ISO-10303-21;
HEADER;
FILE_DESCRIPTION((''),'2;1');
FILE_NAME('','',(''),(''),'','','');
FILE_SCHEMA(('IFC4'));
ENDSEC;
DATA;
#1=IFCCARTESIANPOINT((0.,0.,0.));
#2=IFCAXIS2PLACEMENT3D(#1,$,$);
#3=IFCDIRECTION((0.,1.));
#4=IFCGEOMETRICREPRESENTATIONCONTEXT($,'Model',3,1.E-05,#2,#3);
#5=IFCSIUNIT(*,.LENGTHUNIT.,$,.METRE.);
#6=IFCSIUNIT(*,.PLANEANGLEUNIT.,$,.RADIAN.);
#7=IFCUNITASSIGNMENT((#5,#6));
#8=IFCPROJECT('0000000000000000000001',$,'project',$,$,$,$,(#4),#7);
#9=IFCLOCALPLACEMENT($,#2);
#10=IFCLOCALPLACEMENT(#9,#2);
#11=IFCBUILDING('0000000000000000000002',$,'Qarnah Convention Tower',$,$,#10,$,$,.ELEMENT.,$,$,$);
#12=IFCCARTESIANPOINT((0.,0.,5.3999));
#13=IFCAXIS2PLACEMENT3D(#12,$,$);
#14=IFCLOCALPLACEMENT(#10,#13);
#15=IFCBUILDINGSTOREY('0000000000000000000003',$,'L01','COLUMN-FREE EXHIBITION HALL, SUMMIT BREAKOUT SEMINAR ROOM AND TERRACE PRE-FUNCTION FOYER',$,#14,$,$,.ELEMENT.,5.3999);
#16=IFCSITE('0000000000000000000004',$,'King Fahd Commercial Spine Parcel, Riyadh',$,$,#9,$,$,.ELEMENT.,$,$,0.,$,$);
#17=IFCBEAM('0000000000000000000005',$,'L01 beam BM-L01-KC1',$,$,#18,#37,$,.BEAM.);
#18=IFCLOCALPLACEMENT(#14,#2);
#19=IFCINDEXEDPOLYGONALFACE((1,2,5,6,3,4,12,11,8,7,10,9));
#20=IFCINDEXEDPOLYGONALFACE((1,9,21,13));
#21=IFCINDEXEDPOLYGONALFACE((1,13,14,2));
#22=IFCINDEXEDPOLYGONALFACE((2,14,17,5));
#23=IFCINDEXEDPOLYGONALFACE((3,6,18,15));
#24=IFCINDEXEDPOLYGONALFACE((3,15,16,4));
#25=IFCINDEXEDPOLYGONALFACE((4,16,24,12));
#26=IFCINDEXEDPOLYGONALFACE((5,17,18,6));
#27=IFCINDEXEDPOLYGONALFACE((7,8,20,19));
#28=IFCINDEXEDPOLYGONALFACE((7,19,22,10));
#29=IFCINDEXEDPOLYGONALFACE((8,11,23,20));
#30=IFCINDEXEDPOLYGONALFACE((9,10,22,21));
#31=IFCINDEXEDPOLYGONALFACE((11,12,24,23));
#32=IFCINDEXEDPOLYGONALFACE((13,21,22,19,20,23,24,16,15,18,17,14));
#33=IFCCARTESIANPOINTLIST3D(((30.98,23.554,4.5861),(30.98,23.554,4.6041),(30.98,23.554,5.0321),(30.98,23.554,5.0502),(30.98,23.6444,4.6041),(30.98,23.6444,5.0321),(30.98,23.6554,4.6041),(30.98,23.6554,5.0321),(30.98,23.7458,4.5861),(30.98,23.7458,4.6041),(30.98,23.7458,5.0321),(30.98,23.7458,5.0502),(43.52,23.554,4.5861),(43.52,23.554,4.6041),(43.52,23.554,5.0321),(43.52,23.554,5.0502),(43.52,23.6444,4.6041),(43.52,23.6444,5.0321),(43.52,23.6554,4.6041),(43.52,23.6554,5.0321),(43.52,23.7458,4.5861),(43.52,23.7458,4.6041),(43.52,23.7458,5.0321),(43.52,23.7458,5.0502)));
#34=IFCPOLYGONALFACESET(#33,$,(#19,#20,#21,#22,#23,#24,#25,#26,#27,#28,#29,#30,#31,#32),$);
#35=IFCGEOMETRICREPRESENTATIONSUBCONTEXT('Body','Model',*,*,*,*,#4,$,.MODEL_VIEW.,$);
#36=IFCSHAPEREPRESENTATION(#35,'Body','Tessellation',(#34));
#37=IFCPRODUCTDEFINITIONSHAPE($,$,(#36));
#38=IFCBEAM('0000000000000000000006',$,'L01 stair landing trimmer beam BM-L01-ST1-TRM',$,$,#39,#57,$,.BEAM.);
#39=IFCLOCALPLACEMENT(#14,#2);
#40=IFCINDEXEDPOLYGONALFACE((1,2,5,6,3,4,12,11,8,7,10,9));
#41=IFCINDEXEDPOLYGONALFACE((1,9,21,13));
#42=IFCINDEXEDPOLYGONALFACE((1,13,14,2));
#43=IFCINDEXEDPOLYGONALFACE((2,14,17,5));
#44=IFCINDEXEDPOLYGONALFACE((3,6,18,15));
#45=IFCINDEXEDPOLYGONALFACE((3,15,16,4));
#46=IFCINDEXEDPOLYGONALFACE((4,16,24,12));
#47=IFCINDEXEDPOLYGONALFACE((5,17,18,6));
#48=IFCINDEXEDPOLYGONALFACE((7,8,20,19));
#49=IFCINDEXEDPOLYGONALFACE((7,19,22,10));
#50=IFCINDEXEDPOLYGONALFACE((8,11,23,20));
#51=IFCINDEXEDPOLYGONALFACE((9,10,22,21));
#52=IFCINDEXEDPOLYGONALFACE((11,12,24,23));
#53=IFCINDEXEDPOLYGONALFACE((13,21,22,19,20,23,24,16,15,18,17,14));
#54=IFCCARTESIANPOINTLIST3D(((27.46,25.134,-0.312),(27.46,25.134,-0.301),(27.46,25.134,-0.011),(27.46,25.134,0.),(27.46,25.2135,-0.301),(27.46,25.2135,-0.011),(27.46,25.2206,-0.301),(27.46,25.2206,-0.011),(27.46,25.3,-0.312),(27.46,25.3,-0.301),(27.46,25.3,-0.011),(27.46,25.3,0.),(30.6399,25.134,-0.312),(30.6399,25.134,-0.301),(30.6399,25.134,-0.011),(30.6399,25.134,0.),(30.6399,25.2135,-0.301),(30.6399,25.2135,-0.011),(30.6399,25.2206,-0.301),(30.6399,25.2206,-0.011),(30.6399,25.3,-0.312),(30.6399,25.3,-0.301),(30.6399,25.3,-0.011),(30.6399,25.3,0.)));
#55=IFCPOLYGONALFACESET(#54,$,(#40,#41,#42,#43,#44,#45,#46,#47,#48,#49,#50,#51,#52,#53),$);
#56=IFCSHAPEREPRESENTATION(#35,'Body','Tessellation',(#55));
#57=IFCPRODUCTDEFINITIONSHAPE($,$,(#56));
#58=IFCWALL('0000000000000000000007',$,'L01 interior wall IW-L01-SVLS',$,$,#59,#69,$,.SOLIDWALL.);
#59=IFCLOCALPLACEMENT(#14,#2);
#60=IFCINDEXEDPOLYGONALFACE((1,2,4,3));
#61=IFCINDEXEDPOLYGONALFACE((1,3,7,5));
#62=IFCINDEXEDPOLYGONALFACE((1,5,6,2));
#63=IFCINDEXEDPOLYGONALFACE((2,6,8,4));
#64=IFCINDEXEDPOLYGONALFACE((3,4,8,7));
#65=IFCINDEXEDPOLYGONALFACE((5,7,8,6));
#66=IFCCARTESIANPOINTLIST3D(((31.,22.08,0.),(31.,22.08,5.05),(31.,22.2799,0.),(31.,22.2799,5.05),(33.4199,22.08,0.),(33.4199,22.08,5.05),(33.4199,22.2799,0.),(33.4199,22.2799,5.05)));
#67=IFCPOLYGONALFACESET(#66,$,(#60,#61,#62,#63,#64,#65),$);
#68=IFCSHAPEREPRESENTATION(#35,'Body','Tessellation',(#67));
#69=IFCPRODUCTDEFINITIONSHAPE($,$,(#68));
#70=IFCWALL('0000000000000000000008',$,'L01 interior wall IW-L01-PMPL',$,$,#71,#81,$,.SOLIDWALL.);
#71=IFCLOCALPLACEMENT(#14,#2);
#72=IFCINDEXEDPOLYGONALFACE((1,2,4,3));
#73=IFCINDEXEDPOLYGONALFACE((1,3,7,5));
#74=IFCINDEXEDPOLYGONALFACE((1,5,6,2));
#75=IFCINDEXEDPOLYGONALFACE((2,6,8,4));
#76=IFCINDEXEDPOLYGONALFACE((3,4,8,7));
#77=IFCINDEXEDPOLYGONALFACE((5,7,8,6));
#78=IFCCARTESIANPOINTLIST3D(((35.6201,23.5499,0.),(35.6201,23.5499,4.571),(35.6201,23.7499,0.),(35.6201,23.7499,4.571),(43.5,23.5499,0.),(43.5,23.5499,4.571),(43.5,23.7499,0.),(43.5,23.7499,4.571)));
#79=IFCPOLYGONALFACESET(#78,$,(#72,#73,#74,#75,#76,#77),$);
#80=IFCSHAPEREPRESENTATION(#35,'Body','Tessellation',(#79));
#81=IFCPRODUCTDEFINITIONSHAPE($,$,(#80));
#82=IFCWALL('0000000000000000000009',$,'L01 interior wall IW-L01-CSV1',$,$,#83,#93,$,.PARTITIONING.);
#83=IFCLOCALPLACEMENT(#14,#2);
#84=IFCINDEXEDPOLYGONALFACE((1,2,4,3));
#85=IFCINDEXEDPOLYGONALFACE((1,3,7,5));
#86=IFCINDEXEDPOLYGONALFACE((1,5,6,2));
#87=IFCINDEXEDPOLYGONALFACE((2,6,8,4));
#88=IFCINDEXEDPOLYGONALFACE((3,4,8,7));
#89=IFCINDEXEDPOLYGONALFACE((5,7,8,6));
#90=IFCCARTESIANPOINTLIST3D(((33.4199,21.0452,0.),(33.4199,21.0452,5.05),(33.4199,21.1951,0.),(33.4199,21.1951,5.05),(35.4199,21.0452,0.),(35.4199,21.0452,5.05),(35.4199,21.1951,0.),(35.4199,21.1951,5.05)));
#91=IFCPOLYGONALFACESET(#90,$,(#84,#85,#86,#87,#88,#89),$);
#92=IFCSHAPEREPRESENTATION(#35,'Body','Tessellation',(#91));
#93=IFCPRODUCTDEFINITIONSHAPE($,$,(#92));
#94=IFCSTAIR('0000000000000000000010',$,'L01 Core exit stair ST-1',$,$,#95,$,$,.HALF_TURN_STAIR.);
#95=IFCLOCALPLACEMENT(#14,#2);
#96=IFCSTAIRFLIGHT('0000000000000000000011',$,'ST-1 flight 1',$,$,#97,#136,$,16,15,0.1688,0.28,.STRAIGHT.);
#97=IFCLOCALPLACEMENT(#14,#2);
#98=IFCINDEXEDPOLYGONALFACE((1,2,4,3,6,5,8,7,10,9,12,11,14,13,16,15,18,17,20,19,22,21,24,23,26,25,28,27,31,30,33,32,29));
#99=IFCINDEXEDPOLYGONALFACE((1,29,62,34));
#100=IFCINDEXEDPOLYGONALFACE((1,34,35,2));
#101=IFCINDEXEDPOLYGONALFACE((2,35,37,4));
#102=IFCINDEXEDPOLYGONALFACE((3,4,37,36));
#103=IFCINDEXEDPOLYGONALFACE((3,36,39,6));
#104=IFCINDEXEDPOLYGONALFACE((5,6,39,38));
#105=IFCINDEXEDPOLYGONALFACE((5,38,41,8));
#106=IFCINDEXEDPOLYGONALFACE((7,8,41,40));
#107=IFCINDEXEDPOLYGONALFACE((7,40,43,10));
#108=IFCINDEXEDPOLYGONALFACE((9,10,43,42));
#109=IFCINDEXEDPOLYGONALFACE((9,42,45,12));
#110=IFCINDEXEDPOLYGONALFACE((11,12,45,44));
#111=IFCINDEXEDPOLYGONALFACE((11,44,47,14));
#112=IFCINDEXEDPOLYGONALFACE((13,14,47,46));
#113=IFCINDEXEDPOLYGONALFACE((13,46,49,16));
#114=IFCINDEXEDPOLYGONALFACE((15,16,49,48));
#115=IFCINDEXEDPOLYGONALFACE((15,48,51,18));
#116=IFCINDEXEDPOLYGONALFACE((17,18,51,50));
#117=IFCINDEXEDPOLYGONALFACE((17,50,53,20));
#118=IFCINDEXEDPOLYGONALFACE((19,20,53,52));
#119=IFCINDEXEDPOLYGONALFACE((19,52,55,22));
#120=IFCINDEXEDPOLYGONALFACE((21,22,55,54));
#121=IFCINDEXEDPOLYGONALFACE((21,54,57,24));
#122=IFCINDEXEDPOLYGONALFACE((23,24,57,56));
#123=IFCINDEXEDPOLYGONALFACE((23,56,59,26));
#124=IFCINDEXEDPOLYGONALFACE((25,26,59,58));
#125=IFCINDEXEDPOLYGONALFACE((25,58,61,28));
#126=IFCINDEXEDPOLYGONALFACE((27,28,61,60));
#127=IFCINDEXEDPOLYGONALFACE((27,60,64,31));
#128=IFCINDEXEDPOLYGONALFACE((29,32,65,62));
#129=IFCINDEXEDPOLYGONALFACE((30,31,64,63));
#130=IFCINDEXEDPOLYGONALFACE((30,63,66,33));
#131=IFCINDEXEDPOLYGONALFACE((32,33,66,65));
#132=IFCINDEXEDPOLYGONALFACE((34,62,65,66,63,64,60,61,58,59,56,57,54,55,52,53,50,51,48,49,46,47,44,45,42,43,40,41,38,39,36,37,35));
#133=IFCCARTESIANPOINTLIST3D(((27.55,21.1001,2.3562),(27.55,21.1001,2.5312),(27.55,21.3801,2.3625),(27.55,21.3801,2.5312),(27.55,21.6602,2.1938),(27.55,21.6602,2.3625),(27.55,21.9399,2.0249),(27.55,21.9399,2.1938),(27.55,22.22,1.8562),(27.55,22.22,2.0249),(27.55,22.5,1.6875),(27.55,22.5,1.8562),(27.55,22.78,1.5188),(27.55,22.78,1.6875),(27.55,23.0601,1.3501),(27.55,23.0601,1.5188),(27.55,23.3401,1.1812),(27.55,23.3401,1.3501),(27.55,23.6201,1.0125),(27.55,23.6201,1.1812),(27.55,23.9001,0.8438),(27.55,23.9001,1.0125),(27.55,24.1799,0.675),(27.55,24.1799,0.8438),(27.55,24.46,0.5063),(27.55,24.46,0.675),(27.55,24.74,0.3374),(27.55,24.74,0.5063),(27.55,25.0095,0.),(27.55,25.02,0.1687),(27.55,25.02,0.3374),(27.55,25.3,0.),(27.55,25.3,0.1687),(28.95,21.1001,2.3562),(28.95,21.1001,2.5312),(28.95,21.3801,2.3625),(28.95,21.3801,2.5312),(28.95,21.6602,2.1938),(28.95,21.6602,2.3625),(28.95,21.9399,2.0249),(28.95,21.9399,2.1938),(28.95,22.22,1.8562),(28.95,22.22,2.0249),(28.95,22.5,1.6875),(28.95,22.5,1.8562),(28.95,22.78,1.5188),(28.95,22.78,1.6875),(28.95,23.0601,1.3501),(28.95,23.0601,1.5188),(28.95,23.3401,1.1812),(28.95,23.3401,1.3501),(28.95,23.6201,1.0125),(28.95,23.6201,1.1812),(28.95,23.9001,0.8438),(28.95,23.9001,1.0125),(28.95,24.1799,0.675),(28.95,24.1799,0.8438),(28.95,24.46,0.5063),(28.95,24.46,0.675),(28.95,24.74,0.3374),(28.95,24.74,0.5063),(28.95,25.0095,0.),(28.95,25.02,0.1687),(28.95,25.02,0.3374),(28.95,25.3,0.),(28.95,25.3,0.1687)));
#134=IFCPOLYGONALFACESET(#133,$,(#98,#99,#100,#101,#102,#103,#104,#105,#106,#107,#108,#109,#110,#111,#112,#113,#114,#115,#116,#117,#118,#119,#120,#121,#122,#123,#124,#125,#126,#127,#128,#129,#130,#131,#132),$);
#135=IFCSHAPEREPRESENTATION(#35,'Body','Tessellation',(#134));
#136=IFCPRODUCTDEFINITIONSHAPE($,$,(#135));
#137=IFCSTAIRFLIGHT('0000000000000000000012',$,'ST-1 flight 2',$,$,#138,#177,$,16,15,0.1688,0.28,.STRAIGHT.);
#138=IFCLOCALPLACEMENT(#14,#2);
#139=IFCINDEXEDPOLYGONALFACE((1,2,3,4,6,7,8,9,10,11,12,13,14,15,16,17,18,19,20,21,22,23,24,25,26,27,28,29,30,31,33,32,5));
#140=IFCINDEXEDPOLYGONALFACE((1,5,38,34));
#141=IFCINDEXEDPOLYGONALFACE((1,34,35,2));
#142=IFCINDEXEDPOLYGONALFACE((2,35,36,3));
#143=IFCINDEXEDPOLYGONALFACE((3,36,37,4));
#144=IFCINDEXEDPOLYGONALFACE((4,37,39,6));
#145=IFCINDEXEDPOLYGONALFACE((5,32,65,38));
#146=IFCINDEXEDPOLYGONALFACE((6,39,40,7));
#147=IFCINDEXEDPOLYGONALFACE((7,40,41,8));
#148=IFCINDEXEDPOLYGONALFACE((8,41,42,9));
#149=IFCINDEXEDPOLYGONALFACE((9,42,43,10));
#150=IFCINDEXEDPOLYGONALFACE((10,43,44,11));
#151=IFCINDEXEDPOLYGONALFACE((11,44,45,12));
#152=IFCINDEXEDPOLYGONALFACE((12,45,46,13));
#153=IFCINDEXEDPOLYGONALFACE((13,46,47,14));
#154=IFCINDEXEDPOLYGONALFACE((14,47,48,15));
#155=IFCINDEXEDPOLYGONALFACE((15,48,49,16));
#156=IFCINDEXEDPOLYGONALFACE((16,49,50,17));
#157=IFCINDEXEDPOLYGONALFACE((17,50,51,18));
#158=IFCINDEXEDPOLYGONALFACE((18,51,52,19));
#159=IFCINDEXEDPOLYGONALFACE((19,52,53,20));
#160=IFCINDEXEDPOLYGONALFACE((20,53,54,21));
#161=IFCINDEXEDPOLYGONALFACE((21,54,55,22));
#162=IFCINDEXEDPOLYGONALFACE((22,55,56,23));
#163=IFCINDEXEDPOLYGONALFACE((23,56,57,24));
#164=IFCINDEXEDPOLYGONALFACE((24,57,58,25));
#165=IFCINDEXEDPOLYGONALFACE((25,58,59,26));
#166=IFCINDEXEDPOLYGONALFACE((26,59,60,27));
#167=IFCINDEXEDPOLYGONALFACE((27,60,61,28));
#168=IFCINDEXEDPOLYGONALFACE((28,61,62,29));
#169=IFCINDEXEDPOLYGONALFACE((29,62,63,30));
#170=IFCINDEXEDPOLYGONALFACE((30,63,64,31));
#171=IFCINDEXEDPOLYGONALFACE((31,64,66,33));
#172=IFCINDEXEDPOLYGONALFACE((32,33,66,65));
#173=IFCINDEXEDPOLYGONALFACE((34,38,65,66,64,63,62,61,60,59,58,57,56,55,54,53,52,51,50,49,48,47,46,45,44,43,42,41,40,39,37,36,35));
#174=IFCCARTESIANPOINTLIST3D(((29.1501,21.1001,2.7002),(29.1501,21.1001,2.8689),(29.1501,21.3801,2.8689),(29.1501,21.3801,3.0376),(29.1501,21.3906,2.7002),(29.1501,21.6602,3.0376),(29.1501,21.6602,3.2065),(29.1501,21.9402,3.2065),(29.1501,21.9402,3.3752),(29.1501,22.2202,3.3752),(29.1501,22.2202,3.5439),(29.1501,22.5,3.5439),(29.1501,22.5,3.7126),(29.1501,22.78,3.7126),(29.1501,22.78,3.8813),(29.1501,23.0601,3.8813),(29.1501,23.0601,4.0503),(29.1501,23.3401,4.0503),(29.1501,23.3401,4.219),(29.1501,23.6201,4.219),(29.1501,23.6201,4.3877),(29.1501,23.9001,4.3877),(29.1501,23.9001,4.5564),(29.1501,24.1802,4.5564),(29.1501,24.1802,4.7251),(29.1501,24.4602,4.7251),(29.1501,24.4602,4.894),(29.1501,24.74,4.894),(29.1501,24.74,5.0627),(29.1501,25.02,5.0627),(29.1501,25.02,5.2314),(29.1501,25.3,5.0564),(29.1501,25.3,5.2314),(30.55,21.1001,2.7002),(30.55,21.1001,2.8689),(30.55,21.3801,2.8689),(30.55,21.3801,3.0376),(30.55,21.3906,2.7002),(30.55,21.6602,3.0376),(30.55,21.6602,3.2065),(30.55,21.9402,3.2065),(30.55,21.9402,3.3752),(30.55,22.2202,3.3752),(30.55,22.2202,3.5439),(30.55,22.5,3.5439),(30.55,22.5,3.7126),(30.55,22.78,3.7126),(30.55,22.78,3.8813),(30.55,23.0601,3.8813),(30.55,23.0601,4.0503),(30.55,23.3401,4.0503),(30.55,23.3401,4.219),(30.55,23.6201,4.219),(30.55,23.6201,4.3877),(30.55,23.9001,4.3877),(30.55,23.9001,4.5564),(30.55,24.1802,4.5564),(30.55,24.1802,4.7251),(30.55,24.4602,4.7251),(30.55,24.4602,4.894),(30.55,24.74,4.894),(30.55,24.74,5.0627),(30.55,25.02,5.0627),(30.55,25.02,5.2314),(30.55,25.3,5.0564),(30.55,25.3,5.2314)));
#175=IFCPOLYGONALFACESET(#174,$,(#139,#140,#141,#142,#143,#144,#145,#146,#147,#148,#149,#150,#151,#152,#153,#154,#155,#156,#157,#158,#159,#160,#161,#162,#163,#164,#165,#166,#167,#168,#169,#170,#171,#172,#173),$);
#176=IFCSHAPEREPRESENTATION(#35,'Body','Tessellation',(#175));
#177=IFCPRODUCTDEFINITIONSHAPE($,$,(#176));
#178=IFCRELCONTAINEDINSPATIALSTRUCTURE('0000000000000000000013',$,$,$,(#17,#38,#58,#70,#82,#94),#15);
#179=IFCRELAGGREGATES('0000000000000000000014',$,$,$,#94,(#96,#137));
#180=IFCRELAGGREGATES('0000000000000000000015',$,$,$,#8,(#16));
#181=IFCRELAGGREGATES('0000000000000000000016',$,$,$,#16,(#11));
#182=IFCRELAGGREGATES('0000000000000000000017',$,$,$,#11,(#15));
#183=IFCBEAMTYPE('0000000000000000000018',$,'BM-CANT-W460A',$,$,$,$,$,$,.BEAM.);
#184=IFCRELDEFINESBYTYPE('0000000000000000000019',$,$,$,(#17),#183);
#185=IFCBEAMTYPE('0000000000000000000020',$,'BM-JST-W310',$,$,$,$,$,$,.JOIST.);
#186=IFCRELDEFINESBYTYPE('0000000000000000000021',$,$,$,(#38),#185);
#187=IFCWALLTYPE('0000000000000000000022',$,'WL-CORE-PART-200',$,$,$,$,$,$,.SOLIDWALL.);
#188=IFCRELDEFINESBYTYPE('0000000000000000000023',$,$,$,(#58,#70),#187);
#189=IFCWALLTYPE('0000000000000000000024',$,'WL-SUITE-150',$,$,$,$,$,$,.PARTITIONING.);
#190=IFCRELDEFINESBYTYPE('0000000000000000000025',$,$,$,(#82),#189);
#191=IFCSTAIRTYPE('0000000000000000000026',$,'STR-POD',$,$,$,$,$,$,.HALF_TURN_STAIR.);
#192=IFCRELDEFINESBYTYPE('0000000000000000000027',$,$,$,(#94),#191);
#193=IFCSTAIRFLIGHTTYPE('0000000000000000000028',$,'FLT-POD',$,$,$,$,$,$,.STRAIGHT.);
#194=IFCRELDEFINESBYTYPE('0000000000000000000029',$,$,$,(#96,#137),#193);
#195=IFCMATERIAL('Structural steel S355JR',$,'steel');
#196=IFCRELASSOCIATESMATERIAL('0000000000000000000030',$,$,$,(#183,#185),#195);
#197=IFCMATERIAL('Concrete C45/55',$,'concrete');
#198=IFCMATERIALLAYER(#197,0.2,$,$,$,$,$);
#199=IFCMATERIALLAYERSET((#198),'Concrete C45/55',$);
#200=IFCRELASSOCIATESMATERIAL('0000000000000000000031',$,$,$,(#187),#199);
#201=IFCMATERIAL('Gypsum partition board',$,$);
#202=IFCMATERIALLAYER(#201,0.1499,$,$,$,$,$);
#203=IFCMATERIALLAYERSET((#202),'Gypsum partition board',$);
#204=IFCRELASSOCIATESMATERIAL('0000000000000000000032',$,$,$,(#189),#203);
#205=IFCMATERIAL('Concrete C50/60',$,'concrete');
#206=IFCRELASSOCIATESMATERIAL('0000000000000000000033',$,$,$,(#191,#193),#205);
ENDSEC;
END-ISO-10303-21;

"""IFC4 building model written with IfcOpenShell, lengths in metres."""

from ifc_helpers import new_model, si_unit, direction, frame, frame_2d, origin, origin_2d, place, context, subcontext, project, spatial, polyline, rectangle, i_section, outline, extrude, material, layer, layer_set, material_profile, profile_set, type_object, element, aggregate, save


model = new_model("IFC4")

# Units and contexts
model_context = context("Model", 3, precision=1e-05, world=origin(), true_north=direction((0.0, 1.0)))
body_context = subcontext(model_context, "Body", "Model", "MODEL_VIEW")
ifc_project = project(units=[si_unit("LENGTHUNIT", "METRE"), si_unit("PLANEANGLEUNIT", "RADIAN")], contexts=[model_context])

# Site, building, storey
site_placement = place(None, origin())
site = spatial("IfcSite", under=ifc_project, at=site_placement, Name="King Fahd Commercial Spine Parcel, Riyadh", CompositionType="ELEMENT", RefElevation=0.0)
building_placement = place(site_placement, origin())
building = spatial("IfcBuilding", under=site, at=building_placement, Name="Qarnah Convention Tower", CompositionType="ELEMENT")
storey_placement = place(building_placement, frame((0.0, 0.0, 5.3999)))
storey = spatial("IfcBuildingStorey", under=building, at=storey_placement, Name="L01", Description="COLUMN-FREE EXHIBITION HALL, SUMMIT BREAKOUT SEMINAR ROOM AND TERRACE PRE-FUNCTION FOYER", CompositionType="ELEMENT", Elevation=5.3999)

# Beams
ifc_material_1 = material(Name="Structural steel S355JR", Category="steel")
ifc_material_profile_1 = material_profile(ifc_material_1, i_section(OverallWidth=0.1919, OverallDepth=0.4641, WebThickness=0.011, FlangeThickness=0.0181, at=origin_2d()), Name="W460X89")
ifc_profile_set_1 = profile_set([ifc_material_profile_1], Name="Structural steel S355JR")
beam_type_1 = type_object("IfcBeamType", Name="BM-CANT-W460A", PredefinedType="BEAM", material=ifc_profile_set_1)
beam_1_placement = place(storey_placement, frame((30.98, 23.6499, 4.8181), z_axis=(1.0, 0.0, 0.0), x_axis=(0.0, 1.0, 0.0)))
element("IfcBeam", 1, at=beam_1_placement, inside=storey, type_object=beam_type_1, Name="L01 beam BM-L01-KC1", PredefinedType="BEAM", context=body_context, shape_type="SweptSolid", body=[
    extrude(i_section(OverallWidth=0.1919, OverallDepth=0.4641, WebThickness=0.011, FlangeThickness=0.0181, at=origin_2d()), origin(), (0.0, 0.0, 1.0), 12.54),
])
ifc_material_profile_2 = material_profile(ifc_material_1, i_section(OverallWidth=0.166, OverallDepth=0.312, WebThickness=0.0071, FlangeThickness=0.011, at=origin_2d()), Name="W310X45")
ifc_profile_set_2 = profile_set([ifc_material_profile_2], Name="Structural steel S355JR")
beam_type_2 = type_object("IfcBeamType", Name="BM-JST-W310", PredefinedType="JOIST", material=ifc_profile_set_2)
beam_2_placement = place(storey_placement, frame((27.46, 25.217, -0.156), z_axis=(1.0, 0.0, 0.0), x_axis=(0.0, 1.0, 0.0)))
element("IfcBeam", 2, at=beam_2_placement, inside=storey, type_object=beam_type_2, Name="L01 stair landing trimmer beam BM-L01-ST1-TRM", PredefinedType="BEAM", context=body_context, shape_type="SweptSolid", body=[
    extrude(i_section(OverallWidth=0.166, OverallDepth=0.312, WebThickness=0.0071, FlangeThickness=0.011, at=origin_2d()), origin(), (0.0, 0.0, 1.0), 3.1799),
])

# Shared definitions
ifc_material_2 = material(Name="Concrete C45/55", Category="concrete")
ifc_layer_1 = layer(ifc_material_2, 0.2)
ifc_layer_set_1 = layer_set([ifc_layer_1], Name="Concrete C45/55")
wall_type_1 = type_object("IfcWallType", Name="WL-CORE-PART-200", PredefinedType="SOLIDWALL", material=ifc_layer_set_1)

# Walls
wall_1_placement = place(storey_placement, frame((31.0, 22.1799, 0.0), z_axis=(0.0, 0.0, 1.0), x_axis=(1.0, 0.0, 0.0)))
element("IfcWall", 3, at=wall_1_placement, inside=storey, type_object=wall_type_1, Name="L01 interior wall IW-L01-SVLS", PredefinedType="SOLIDWALL", context=body_context, shape_type="SweptSolid", body=[
    extrude(rectangle(XDim=2.4199, YDim=0.2, at=frame_2d((1.21, 0.0))), origin(), (0.0, 0.0, 1.0), 5.05),
])
wall_2_placement = place(storey_placement, frame((35.6201, 23.6499, 0.0), z_axis=(0.0, 0.0, 1.0), x_axis=(1.0, 0.0, 0.0)))
element("IfcWall", 4, at=wall_2_placement, inside=storey, type_object=wall_type_1, Name="L01 interior wall IW-L01-PMPL", PredefinedType="SOLIDWALL", context=body_context, shape_type="SweptSolid", body=[
    extrude(rectangle(XDim=7.8799, YDim=0.2, at=frame_2d((3.9399, 0.0))), origin(), (0.0, 0.0, 1.0), 4.571),
])

# Wall
ifc_material_3 = material(Name="Gypsum partition board")
ifc_layer_2 = layer(ifc_material_3, 0.1499)
ifc_layer_set_2 = layer_set([ifc_layer_2], Name="Gypsum partition board")
wall_type_2 = type_object("IfcWallType", Name="WL-SUITE-150", PredefinedType="PARTITIONING", material=ifc_layer_set_2)
wall_3_placement = place(storey_placement, frame((33.4199, 21.1201, 0.0), z_axis=(0.0, 0.0, 1.0), x_axis=(1.0, 0.0, 0.0)))
element("IfcWall", 5, at=wall_3_placement, inside=storey, type_object=wall_type_2, Name="L01 interior wall IW-L01-CSV1", PredefinedType="PARTITIONING", context=body_context, shape_type="SweptSolid", body=[
    extrude(rectangle(XDim=2.0, YDim=0.1499, at=frame_2d((1.0, 0.0))), origin(), (0.0, 0.0, 1.0), 5.05),
])

# Stair, stair flights
ifc_material_4 = material(Name="Concrete C50/60", Category="concrete")
stair_type = type_object("IfcStairType", Name="STR-POD", PredefinedType="HALF_TURN_STAIR", material=ifc_material_4)
stair_placement = place(storey_placement, origin())
stair = element("IfcStair", 6, at=stair_placement, inside=storey, type_object=stair_type, Name="L01 Core exit stair ST-1", PredefinedType="HALF_TURN_STAIR")
stair_flight_type = type_object("IfcStairFlightType", Name="FLT-POD", PredefinedType="STRAIGHT", material=ifc_material_4)
stair_flight_1_placement = place(storey_placement, frame((28.25, 25.3, 0.0), z_axis=(0.0, 0.0, 1.0), x_axis=(0.0, -1.0, 0.0)))
stair_flight_1 = element("IfcStairFlight", 7, at=stair_flight_1_placement, type_object=stair_flight_type, Name="ST-1 flight 1", NumberOfRisers=16, NumberOfTreads=15, PredefinedType="STRAIGHT", RiserHeight=0.1688, TreadLength=0.28, context=body_context, shape_type="SweptSolid", body=[
    extrude(outline(polyline([(0.0, 0.0), (0.0, 0.1687), (0.28, 0.1687), (0.28, 0.3374), (0.5601, 0.3374), (0.5601, 0.5063), (0.8401, 0.5063), (0.8401, 0.675), (1.1201, 0.675), (1.1201, 0.8438), (1.3999, 0.8438), (1.3999, 1.0125), (1.6799, 1.0125), (1.6799, 1.1812), (1.96, 1.1812), (1.96, 1.3501), (2.24, 1.3501), (2.24, 1.5188), (2.52, 1.5188), (2.52, 1.6875), (2.8, 1.6875), (2.8, 1.8562), (3.0801, 1.8562), (3.0801, 2.0249), (3.3601, 2.0249), (3.3601, 2.1938), (3.6399, 2.1938), (3.6399, 2.3625), (3.9199, 2.3625), (3.9199, 2.5312), (4.2, 2.5312), (4.2, 2.7), (4.2, 2.3562), (0.2905, 0.0), (0.0, 0.0)])), frame((0.0, 0.7, 0.0), z_axis=(0.0, -1.0, 0.0), x_axis=(1.0, 0.0, 0.0)), (0.0, 0.0, 1.0), 1.3999),
])
stair_flight_2_placement = place(storey_placement, frame((29.8501, 21.1001, 2.7002), z_axis=(0.0, 0.0, 1.0), x_axis=(0.0, 1.0, 0.0)))
stair_flight_2 = element("IfcStairFlight", 8, at=stair_flight_2_placement, type_object=stair_flight_type, Name="ST-1 flight 2", NumberOfRisers=16, NumberOfTreads=15, PredefinedType="STRAIGHT", RiserHeight=0.1688, TreadLength=0.28, context=body_context, shape_type="SweptSolid", body=[
    extrude(outline(polyline([(0.0, 0.0), (0.0, 0.1687), (0.28, 0.1687), (0.28, 0.3374), (0.5601, 0.3374), (0.5601, 0.5063), (0.8401, 0.5063), (0.8401, 0.675), (1.1201, 0.675), (1.1201, 0.8438), (1.3999, 0.8438), (1.3999, 1.0125), (1.6799, 1.0125), (1.6799, 1.1812), (1.96, 1.1812), (1.96, 1.3501), (2.24, 1.3501), (2.24, 1.5188), (2.52, 1.5188), (2.52, 1.6875), (2.8, 1.6875), (2.8, 1.8562), (3.0801, 1.8562), (3.0801, 2.0249), (3.3601, 2.0249), (3.3601, 2.1938), (3.6399, 2.1938), (3.6399, 2.3625), (3.9199, 2.3625), (3.9199, 2.5312), (4.2, 2.5312), (4.2, 2.7), (4.2, 2.3562), (0.2905, 0.0), (0.0, 0.0)])), frame((0.0, 0.7, 0.0), z_axis=(0.0, -1.0, 0.0), x_axis=(1.0, 0.0, 0.0)), (0.0, 0.0, 1.0), 1.3999),
])
aggregate(stair, [stair_flight_1, stair_flight_2])

save(model, "model.ifc")
